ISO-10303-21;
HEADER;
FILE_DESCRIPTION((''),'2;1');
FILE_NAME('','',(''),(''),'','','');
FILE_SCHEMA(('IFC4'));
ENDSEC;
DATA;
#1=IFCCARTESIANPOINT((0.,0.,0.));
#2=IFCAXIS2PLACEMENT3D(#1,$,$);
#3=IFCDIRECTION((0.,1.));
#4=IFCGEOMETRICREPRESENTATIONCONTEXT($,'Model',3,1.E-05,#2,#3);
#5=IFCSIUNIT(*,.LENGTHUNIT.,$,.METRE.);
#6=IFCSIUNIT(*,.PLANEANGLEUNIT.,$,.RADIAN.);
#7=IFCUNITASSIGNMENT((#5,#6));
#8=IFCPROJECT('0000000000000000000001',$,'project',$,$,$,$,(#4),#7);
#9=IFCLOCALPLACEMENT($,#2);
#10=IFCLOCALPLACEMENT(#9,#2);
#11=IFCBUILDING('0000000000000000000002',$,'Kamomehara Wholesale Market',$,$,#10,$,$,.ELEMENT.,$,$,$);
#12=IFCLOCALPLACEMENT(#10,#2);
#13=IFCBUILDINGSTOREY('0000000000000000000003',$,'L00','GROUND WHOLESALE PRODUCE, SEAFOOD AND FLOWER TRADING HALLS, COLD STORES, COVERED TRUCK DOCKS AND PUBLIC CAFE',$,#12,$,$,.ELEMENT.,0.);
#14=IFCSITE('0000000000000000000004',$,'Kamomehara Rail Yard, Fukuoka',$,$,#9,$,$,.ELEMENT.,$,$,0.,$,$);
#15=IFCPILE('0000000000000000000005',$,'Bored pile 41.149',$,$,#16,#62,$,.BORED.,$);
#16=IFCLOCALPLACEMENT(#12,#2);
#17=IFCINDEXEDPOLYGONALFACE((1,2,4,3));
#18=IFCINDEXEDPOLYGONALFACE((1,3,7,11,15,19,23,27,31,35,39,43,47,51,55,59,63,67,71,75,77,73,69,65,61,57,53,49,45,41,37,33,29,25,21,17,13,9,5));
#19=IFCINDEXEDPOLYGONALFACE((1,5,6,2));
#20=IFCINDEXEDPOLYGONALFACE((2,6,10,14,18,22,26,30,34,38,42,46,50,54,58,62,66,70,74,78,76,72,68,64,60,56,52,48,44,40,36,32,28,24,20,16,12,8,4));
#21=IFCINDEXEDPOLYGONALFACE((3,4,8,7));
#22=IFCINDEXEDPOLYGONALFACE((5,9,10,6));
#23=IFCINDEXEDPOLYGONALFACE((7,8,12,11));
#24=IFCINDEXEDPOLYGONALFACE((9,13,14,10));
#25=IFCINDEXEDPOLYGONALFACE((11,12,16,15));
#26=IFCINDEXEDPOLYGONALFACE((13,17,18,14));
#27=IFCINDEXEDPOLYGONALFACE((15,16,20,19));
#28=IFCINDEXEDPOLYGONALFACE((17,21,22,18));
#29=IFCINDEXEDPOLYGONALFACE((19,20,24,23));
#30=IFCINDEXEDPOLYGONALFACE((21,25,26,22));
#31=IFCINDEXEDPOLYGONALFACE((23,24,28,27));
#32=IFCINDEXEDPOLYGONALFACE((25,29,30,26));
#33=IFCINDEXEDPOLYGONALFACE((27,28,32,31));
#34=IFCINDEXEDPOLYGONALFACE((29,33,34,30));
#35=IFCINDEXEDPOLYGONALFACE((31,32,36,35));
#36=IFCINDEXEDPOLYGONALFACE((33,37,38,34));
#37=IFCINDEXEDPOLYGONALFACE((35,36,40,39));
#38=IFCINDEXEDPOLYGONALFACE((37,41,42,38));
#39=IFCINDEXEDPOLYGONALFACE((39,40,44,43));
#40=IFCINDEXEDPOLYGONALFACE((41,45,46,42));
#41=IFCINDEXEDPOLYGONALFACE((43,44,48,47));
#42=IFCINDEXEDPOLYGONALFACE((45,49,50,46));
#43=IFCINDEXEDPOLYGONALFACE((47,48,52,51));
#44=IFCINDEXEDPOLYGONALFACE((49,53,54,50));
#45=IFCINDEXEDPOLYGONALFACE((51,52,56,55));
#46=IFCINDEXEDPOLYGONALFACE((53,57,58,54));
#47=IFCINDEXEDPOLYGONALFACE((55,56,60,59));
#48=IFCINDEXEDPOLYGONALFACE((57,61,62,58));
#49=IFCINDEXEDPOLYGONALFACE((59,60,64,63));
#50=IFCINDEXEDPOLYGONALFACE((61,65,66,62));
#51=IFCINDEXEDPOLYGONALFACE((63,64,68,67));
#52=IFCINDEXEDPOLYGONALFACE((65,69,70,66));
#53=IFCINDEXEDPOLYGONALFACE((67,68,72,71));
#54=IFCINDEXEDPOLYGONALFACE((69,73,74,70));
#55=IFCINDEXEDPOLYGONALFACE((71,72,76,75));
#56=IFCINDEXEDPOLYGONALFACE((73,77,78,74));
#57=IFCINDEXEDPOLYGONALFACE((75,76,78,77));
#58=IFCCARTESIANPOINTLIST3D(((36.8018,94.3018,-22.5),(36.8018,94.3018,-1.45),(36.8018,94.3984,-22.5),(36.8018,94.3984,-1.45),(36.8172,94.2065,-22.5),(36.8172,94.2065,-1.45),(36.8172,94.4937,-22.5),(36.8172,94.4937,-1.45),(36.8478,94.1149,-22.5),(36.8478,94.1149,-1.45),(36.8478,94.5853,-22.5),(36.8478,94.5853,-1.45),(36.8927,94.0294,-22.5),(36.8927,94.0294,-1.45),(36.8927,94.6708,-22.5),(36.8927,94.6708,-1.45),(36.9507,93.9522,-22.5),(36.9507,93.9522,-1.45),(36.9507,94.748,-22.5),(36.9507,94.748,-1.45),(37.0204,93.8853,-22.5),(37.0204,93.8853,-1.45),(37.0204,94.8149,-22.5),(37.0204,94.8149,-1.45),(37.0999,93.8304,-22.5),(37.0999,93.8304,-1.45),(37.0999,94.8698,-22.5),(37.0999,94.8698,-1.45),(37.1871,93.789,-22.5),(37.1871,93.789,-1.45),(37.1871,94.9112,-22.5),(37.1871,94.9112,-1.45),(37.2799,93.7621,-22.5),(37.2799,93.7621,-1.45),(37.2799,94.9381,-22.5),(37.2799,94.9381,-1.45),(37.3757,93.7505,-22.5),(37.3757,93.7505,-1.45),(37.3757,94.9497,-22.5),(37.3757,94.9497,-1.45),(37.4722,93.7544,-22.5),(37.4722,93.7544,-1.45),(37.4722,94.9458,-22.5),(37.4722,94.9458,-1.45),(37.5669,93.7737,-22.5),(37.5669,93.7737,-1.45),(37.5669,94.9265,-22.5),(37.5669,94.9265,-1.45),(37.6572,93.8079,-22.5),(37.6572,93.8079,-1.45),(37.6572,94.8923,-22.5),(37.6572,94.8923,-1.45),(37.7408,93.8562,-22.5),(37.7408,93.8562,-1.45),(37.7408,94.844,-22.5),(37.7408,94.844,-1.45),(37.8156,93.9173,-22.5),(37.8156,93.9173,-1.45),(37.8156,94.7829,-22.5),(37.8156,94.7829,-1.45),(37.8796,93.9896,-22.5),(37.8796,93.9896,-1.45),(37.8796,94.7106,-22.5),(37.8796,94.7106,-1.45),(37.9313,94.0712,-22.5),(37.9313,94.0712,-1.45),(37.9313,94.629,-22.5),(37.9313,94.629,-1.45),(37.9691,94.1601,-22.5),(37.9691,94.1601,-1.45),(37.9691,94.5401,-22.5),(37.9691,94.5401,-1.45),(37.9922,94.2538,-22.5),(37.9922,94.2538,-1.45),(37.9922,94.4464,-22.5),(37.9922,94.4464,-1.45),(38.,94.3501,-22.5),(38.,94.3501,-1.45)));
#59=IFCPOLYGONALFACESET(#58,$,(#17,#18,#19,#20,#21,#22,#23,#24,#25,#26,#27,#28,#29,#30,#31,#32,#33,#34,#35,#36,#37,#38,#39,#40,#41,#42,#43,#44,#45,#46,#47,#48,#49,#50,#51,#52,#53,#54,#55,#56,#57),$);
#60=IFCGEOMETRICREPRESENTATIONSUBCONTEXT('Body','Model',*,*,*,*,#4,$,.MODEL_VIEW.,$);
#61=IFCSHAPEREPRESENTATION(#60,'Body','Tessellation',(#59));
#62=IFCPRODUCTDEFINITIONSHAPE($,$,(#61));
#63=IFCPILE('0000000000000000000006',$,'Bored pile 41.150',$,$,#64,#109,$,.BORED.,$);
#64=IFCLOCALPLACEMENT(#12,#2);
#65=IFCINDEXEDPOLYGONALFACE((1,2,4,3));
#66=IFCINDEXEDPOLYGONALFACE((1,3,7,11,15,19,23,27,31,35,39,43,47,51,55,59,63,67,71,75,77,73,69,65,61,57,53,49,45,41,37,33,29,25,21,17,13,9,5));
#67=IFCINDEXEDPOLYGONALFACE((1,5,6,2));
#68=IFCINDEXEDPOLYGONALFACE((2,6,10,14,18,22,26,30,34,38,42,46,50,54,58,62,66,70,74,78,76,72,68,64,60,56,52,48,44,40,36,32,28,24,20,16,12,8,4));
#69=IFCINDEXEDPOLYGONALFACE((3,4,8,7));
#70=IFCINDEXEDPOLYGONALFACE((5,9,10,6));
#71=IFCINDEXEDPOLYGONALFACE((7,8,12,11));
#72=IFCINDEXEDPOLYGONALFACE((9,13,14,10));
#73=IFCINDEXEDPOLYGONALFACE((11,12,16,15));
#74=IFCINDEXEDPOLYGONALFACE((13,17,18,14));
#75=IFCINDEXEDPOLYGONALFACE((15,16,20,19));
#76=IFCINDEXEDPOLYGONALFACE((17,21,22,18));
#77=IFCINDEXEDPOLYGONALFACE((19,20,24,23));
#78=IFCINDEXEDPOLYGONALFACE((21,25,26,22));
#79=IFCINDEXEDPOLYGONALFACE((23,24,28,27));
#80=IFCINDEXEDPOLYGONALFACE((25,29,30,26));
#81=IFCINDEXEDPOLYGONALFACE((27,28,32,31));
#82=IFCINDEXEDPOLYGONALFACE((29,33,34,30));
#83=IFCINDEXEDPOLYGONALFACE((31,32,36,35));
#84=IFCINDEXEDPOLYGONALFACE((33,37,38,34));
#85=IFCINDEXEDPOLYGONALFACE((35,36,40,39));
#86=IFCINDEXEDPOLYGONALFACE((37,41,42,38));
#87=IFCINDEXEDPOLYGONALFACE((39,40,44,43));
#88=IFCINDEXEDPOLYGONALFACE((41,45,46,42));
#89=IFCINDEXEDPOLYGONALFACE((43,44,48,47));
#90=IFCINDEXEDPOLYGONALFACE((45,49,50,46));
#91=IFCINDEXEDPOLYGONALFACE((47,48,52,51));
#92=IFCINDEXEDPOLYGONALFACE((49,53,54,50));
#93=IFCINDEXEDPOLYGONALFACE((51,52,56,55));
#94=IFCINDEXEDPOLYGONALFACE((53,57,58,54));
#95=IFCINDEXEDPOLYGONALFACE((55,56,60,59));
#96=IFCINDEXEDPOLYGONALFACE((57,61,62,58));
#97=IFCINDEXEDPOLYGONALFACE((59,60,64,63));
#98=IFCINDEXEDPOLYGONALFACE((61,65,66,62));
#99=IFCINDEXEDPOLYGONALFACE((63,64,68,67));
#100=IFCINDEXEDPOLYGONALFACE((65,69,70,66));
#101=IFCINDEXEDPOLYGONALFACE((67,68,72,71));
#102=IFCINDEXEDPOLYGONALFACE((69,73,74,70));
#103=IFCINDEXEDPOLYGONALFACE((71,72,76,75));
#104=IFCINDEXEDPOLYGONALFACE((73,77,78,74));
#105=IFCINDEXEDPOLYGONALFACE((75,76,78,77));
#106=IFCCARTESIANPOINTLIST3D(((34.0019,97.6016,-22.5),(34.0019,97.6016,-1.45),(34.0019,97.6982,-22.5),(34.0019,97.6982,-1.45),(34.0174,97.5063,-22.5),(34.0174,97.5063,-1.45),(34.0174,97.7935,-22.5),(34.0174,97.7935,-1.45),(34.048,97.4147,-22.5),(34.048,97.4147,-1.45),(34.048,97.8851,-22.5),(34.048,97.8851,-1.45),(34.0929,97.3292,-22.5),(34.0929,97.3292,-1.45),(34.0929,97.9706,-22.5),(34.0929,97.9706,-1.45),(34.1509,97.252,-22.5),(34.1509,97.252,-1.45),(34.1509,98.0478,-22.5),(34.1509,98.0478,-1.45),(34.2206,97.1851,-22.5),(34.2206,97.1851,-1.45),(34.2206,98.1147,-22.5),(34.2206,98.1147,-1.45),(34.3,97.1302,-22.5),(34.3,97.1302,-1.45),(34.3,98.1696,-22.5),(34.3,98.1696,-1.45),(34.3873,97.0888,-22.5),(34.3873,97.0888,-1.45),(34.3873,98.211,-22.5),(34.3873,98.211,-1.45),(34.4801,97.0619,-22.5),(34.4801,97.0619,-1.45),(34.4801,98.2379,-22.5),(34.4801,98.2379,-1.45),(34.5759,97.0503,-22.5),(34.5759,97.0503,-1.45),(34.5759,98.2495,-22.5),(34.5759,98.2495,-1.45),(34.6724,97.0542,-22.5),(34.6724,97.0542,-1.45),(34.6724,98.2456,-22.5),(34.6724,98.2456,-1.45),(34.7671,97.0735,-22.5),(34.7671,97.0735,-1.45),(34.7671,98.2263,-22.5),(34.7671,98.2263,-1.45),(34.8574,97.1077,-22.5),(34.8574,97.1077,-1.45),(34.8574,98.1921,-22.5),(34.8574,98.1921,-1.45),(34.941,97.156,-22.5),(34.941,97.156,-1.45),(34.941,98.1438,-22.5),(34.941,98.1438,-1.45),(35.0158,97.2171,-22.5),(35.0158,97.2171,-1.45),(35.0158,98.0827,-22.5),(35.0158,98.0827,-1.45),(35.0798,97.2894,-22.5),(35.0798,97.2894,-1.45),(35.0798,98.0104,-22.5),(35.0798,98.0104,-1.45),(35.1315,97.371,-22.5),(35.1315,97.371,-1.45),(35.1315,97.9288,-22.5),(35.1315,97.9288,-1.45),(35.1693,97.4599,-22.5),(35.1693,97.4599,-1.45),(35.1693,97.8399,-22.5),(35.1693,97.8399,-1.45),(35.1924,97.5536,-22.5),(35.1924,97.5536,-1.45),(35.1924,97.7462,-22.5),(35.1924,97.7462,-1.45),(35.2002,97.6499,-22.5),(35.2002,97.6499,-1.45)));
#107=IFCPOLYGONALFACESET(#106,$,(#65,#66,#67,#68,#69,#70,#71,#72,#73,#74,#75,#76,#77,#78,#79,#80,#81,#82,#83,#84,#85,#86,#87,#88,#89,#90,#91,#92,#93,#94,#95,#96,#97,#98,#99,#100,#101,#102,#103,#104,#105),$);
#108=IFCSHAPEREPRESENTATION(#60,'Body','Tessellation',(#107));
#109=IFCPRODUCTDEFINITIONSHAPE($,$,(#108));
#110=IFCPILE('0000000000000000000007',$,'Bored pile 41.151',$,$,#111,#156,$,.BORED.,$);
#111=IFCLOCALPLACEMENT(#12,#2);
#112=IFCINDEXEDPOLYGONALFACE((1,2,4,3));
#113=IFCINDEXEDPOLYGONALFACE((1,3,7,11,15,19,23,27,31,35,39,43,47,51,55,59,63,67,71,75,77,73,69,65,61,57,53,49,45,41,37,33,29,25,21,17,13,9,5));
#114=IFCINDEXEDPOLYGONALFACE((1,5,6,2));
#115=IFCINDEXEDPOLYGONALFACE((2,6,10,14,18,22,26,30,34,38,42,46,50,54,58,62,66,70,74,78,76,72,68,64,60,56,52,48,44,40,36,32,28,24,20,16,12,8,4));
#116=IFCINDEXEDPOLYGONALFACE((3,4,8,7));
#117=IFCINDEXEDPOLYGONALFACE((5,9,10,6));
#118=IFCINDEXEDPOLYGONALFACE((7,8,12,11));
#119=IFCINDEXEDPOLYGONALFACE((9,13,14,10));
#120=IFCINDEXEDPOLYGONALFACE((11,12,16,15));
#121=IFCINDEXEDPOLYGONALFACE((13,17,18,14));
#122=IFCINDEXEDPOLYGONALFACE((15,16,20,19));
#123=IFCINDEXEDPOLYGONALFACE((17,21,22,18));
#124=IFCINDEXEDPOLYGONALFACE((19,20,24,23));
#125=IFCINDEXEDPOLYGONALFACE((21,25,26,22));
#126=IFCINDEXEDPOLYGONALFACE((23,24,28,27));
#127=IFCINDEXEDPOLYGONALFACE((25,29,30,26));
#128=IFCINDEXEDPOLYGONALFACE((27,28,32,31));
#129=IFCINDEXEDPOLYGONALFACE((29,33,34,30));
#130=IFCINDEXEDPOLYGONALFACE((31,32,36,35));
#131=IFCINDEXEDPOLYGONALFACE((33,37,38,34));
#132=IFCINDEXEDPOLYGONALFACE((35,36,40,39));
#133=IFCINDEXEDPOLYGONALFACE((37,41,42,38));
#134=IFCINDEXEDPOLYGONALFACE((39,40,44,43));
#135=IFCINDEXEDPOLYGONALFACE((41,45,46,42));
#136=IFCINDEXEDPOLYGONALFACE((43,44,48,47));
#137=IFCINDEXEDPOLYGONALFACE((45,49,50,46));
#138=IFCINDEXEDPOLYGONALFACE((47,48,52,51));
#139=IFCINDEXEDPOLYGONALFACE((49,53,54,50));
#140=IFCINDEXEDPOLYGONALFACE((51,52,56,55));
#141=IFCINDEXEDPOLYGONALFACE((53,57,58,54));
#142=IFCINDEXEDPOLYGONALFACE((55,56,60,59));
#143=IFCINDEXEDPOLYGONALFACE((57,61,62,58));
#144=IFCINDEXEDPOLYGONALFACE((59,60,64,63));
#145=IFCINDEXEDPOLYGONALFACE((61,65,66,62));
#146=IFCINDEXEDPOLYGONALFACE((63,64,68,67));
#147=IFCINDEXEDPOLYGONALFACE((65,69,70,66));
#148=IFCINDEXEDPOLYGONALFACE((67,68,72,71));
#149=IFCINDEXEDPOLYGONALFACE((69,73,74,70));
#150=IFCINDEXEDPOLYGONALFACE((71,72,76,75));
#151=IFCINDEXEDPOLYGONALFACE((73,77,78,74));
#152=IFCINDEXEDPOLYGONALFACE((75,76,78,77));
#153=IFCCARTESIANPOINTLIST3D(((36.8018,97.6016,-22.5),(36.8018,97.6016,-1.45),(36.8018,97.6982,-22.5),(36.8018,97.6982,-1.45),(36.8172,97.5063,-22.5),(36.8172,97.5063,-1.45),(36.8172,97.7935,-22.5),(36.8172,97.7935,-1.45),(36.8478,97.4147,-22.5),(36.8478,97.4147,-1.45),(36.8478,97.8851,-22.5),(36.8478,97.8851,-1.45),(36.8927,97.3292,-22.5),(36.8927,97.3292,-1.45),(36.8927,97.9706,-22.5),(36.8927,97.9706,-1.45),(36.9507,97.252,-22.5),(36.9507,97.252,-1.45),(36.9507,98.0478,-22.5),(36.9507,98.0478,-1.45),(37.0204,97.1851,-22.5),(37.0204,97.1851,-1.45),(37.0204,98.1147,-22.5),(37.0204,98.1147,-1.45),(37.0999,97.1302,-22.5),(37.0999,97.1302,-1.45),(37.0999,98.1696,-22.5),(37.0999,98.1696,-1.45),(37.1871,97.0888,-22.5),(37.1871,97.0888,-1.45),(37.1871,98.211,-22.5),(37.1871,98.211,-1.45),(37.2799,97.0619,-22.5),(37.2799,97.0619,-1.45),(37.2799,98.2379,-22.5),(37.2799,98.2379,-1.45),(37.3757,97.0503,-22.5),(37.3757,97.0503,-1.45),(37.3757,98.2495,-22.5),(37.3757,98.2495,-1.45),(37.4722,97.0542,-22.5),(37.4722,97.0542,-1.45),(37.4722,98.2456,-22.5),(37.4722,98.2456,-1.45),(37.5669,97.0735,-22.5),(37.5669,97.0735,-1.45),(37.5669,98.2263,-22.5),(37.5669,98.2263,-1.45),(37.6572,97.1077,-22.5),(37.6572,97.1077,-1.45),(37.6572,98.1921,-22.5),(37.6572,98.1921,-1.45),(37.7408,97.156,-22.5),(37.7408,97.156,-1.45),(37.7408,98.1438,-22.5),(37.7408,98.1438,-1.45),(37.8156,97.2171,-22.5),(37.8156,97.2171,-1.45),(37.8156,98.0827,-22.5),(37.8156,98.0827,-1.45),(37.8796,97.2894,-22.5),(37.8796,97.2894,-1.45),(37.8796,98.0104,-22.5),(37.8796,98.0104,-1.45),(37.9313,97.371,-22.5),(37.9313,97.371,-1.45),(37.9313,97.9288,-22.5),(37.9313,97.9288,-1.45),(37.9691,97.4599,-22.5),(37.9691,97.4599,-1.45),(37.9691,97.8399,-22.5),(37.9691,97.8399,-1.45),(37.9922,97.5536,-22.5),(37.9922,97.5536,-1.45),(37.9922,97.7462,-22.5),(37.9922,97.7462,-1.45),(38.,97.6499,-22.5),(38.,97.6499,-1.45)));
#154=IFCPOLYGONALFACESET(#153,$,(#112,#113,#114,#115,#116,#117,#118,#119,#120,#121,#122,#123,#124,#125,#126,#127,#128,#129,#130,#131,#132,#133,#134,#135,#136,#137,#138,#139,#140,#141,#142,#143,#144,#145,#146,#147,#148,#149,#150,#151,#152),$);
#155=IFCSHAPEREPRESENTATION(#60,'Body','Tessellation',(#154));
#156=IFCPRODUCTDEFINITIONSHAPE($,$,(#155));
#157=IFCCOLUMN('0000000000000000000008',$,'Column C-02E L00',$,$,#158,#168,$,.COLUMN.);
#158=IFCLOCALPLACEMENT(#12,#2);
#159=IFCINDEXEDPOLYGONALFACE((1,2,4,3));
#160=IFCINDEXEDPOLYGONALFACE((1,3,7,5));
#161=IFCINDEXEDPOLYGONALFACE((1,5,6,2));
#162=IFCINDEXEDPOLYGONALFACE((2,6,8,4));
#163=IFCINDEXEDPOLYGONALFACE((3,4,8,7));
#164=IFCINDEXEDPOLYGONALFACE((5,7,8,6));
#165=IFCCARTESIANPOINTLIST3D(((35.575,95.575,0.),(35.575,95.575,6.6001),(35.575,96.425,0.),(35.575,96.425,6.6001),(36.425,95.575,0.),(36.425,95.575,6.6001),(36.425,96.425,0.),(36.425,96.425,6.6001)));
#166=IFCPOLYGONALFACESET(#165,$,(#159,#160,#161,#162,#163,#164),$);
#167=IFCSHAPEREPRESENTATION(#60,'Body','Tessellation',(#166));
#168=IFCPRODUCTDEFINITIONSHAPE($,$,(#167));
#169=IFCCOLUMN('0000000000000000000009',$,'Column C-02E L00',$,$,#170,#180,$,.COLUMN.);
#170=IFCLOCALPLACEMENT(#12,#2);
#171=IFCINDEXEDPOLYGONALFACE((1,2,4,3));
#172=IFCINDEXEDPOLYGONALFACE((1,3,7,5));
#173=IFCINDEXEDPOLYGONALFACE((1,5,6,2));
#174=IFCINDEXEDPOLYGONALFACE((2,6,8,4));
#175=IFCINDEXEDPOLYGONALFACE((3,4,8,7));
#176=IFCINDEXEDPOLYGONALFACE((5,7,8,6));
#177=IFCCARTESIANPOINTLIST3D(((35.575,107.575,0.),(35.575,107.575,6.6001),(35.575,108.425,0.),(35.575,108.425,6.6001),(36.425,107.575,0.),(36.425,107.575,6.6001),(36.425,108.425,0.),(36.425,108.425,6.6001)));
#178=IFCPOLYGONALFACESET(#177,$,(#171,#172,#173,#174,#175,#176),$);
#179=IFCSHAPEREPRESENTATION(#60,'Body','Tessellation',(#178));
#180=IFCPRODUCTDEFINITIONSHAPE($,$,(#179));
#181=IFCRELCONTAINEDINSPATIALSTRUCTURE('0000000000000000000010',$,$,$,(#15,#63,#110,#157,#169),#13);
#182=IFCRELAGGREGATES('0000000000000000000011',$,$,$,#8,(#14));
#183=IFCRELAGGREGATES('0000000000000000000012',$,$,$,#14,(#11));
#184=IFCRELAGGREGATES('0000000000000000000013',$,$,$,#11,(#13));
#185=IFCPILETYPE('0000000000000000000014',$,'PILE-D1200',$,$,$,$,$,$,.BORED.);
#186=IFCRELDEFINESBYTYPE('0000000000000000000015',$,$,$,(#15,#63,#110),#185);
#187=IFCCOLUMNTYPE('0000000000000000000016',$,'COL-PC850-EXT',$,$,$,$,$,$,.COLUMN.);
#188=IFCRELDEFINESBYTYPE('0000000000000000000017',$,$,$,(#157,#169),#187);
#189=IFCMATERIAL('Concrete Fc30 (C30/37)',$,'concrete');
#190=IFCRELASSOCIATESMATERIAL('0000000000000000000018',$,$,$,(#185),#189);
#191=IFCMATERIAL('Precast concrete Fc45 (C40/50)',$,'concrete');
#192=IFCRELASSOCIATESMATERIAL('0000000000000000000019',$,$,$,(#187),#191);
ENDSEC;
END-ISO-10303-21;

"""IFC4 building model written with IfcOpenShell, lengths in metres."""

from ifc_helpers import new_model, si_unit, direction, frame, origin, origin_2d, place, context, subcontext, project, spatial, rectangle, circle, extrude, material, material_profile, profile_set, type_object, element, save


model = new_model("IFC4")

# Units and contexts
model_context = context("Model", 3, precision=1e-05, world=origin(), true_north=direction((0.0, 1.0)))
body_context = subcontext(model_context, "Body", "Model", "MODEL_VIEW")
ifc_project = project(units=[si_unit("LENGTHUNIT", "METRE"), si_unit("PLANEANGLEUNIT", "RADIAN")], contexts=[model_context])

# Site, building, storey
site_placement = place(None, origin())
site = spatial("IfcSite", under=ifc_project, at=site_placement, Name="Kamomehara Rail Yard, Fukuoka", CompositionType="ELEMENT", RefElevation=0.0)
building_placement = place(site_placement, origin())
building = spatial("IfcBuilding", under=site, at=building_placement, Name="Kamomehara Wholesale Market", CompositionType="ELEMENT")
storey_placement = place(building_placement, origin())
storey = spatial("IfcBuildingStorey", under=building, at=storey_placement, Name="L00", Description="GROUND WHOLESALE PRODUCE, SEAFOOD AND FLOWER TRADING HALLS, COLD STORES, COVERED TRUCK DOCKS AND PUBLIC CAFE", CompositionType="ELEMENT", Elevation=0.0)

# Piles
ifc_material_1 = material(Name="Concrete Fc30 (C30/37)", Category="concrete")
ifc_material_profile_1 = material_profile(ifc_material_1, circle(Radius=0.6001, at=origin_2d()), Name="RC-PILE-D1200")
ifc_profile_set_1 = profile_set([ifc_material_profile_1], Name="Concrete Fc30 (C30/37)")
pile_type_1 = type_object("IfcPileType", Name="PILE-D1200", PredefinedType="BORED", material=ifc_profile_set_1)
for number, where, z_axis, x_axis, name in (
    (1, (37.3999, 94.3501, -1.45), (0.0, 0.0, -1.0), (1.0, 0.0, 0.0), "Bored pile 41.149"),
    (2, (34.6001, 97.6499, -1.45), (0.0, 0.0, -1.0), (1.0, 0.0, 0.0), "Bored pile 41.150"),
    (3, (37.3999, 97.6499, -1.45), (0.0, 0.0, -1.0), (1.0, 0.0, 0.0), "Bored pile 41.151"),
):
    element("IfcPile", number, at=place(storey_placement, frame(where, z_axis=z_axis, x_axis=x_axis)), inside=storey, type_object=pile_type_1, Name=name, PredefinedType="BORED", context=body_context, shape_type="SweptSolid", body=[
        extrude(circle(Radius=0.6001, at=origin_2d()), origin(), (0.0, 0.0, 1.0), 21.05),
    ])

# Columns
ifc_material_2 = material(Name="Precast concrete Fc45 (C40/50)", Category="concrete")
ifc_material_profile_2 = material_profile(ifc_material_2, rectangle(XDim=0.8501, YDim=0.8501, at=origin_2d()), Name="PC-COL-850x850")
ifc_profile_set_2 = profile_set([ifc_material_profile_2], Name="Precast concrete Fc45 (C40/50)")
column_type = type_object("IfcColumnType", Name="COL-PC850-EXT", PredefinedType="COLUMN", material=ifc_profile_set_2)
for number, where, z_axis, x_axis, name in (
    (4, (36.0, 96.0, 0.0), (0.0, 0.0, 1.0), (1.0, 0.0, 0.0), "Column C-02E L00"),
    (5, (36.0, 108.0, 0.0), (0.0, 0.0, 1.0), (1.0, 0.0, 0.0), "Column C-02E L00"),
):
    element("IfcColumn", number, at=place(storey_placement, frame(where, z_axis=z_axis, x_axis=x_axis)), inside=storey, type_object=column_type, Name=name, PredefinedType="COLUMN", context=body_context, shape_type="SweptSolid", body=[
        extrude(rectangle(XDim=0.8501, YDim=0.8501, at=origin_2d()), origin(), (0.0, 0.0, 1.0), 6.6001),
    ])

save(model, "model.ifc")
